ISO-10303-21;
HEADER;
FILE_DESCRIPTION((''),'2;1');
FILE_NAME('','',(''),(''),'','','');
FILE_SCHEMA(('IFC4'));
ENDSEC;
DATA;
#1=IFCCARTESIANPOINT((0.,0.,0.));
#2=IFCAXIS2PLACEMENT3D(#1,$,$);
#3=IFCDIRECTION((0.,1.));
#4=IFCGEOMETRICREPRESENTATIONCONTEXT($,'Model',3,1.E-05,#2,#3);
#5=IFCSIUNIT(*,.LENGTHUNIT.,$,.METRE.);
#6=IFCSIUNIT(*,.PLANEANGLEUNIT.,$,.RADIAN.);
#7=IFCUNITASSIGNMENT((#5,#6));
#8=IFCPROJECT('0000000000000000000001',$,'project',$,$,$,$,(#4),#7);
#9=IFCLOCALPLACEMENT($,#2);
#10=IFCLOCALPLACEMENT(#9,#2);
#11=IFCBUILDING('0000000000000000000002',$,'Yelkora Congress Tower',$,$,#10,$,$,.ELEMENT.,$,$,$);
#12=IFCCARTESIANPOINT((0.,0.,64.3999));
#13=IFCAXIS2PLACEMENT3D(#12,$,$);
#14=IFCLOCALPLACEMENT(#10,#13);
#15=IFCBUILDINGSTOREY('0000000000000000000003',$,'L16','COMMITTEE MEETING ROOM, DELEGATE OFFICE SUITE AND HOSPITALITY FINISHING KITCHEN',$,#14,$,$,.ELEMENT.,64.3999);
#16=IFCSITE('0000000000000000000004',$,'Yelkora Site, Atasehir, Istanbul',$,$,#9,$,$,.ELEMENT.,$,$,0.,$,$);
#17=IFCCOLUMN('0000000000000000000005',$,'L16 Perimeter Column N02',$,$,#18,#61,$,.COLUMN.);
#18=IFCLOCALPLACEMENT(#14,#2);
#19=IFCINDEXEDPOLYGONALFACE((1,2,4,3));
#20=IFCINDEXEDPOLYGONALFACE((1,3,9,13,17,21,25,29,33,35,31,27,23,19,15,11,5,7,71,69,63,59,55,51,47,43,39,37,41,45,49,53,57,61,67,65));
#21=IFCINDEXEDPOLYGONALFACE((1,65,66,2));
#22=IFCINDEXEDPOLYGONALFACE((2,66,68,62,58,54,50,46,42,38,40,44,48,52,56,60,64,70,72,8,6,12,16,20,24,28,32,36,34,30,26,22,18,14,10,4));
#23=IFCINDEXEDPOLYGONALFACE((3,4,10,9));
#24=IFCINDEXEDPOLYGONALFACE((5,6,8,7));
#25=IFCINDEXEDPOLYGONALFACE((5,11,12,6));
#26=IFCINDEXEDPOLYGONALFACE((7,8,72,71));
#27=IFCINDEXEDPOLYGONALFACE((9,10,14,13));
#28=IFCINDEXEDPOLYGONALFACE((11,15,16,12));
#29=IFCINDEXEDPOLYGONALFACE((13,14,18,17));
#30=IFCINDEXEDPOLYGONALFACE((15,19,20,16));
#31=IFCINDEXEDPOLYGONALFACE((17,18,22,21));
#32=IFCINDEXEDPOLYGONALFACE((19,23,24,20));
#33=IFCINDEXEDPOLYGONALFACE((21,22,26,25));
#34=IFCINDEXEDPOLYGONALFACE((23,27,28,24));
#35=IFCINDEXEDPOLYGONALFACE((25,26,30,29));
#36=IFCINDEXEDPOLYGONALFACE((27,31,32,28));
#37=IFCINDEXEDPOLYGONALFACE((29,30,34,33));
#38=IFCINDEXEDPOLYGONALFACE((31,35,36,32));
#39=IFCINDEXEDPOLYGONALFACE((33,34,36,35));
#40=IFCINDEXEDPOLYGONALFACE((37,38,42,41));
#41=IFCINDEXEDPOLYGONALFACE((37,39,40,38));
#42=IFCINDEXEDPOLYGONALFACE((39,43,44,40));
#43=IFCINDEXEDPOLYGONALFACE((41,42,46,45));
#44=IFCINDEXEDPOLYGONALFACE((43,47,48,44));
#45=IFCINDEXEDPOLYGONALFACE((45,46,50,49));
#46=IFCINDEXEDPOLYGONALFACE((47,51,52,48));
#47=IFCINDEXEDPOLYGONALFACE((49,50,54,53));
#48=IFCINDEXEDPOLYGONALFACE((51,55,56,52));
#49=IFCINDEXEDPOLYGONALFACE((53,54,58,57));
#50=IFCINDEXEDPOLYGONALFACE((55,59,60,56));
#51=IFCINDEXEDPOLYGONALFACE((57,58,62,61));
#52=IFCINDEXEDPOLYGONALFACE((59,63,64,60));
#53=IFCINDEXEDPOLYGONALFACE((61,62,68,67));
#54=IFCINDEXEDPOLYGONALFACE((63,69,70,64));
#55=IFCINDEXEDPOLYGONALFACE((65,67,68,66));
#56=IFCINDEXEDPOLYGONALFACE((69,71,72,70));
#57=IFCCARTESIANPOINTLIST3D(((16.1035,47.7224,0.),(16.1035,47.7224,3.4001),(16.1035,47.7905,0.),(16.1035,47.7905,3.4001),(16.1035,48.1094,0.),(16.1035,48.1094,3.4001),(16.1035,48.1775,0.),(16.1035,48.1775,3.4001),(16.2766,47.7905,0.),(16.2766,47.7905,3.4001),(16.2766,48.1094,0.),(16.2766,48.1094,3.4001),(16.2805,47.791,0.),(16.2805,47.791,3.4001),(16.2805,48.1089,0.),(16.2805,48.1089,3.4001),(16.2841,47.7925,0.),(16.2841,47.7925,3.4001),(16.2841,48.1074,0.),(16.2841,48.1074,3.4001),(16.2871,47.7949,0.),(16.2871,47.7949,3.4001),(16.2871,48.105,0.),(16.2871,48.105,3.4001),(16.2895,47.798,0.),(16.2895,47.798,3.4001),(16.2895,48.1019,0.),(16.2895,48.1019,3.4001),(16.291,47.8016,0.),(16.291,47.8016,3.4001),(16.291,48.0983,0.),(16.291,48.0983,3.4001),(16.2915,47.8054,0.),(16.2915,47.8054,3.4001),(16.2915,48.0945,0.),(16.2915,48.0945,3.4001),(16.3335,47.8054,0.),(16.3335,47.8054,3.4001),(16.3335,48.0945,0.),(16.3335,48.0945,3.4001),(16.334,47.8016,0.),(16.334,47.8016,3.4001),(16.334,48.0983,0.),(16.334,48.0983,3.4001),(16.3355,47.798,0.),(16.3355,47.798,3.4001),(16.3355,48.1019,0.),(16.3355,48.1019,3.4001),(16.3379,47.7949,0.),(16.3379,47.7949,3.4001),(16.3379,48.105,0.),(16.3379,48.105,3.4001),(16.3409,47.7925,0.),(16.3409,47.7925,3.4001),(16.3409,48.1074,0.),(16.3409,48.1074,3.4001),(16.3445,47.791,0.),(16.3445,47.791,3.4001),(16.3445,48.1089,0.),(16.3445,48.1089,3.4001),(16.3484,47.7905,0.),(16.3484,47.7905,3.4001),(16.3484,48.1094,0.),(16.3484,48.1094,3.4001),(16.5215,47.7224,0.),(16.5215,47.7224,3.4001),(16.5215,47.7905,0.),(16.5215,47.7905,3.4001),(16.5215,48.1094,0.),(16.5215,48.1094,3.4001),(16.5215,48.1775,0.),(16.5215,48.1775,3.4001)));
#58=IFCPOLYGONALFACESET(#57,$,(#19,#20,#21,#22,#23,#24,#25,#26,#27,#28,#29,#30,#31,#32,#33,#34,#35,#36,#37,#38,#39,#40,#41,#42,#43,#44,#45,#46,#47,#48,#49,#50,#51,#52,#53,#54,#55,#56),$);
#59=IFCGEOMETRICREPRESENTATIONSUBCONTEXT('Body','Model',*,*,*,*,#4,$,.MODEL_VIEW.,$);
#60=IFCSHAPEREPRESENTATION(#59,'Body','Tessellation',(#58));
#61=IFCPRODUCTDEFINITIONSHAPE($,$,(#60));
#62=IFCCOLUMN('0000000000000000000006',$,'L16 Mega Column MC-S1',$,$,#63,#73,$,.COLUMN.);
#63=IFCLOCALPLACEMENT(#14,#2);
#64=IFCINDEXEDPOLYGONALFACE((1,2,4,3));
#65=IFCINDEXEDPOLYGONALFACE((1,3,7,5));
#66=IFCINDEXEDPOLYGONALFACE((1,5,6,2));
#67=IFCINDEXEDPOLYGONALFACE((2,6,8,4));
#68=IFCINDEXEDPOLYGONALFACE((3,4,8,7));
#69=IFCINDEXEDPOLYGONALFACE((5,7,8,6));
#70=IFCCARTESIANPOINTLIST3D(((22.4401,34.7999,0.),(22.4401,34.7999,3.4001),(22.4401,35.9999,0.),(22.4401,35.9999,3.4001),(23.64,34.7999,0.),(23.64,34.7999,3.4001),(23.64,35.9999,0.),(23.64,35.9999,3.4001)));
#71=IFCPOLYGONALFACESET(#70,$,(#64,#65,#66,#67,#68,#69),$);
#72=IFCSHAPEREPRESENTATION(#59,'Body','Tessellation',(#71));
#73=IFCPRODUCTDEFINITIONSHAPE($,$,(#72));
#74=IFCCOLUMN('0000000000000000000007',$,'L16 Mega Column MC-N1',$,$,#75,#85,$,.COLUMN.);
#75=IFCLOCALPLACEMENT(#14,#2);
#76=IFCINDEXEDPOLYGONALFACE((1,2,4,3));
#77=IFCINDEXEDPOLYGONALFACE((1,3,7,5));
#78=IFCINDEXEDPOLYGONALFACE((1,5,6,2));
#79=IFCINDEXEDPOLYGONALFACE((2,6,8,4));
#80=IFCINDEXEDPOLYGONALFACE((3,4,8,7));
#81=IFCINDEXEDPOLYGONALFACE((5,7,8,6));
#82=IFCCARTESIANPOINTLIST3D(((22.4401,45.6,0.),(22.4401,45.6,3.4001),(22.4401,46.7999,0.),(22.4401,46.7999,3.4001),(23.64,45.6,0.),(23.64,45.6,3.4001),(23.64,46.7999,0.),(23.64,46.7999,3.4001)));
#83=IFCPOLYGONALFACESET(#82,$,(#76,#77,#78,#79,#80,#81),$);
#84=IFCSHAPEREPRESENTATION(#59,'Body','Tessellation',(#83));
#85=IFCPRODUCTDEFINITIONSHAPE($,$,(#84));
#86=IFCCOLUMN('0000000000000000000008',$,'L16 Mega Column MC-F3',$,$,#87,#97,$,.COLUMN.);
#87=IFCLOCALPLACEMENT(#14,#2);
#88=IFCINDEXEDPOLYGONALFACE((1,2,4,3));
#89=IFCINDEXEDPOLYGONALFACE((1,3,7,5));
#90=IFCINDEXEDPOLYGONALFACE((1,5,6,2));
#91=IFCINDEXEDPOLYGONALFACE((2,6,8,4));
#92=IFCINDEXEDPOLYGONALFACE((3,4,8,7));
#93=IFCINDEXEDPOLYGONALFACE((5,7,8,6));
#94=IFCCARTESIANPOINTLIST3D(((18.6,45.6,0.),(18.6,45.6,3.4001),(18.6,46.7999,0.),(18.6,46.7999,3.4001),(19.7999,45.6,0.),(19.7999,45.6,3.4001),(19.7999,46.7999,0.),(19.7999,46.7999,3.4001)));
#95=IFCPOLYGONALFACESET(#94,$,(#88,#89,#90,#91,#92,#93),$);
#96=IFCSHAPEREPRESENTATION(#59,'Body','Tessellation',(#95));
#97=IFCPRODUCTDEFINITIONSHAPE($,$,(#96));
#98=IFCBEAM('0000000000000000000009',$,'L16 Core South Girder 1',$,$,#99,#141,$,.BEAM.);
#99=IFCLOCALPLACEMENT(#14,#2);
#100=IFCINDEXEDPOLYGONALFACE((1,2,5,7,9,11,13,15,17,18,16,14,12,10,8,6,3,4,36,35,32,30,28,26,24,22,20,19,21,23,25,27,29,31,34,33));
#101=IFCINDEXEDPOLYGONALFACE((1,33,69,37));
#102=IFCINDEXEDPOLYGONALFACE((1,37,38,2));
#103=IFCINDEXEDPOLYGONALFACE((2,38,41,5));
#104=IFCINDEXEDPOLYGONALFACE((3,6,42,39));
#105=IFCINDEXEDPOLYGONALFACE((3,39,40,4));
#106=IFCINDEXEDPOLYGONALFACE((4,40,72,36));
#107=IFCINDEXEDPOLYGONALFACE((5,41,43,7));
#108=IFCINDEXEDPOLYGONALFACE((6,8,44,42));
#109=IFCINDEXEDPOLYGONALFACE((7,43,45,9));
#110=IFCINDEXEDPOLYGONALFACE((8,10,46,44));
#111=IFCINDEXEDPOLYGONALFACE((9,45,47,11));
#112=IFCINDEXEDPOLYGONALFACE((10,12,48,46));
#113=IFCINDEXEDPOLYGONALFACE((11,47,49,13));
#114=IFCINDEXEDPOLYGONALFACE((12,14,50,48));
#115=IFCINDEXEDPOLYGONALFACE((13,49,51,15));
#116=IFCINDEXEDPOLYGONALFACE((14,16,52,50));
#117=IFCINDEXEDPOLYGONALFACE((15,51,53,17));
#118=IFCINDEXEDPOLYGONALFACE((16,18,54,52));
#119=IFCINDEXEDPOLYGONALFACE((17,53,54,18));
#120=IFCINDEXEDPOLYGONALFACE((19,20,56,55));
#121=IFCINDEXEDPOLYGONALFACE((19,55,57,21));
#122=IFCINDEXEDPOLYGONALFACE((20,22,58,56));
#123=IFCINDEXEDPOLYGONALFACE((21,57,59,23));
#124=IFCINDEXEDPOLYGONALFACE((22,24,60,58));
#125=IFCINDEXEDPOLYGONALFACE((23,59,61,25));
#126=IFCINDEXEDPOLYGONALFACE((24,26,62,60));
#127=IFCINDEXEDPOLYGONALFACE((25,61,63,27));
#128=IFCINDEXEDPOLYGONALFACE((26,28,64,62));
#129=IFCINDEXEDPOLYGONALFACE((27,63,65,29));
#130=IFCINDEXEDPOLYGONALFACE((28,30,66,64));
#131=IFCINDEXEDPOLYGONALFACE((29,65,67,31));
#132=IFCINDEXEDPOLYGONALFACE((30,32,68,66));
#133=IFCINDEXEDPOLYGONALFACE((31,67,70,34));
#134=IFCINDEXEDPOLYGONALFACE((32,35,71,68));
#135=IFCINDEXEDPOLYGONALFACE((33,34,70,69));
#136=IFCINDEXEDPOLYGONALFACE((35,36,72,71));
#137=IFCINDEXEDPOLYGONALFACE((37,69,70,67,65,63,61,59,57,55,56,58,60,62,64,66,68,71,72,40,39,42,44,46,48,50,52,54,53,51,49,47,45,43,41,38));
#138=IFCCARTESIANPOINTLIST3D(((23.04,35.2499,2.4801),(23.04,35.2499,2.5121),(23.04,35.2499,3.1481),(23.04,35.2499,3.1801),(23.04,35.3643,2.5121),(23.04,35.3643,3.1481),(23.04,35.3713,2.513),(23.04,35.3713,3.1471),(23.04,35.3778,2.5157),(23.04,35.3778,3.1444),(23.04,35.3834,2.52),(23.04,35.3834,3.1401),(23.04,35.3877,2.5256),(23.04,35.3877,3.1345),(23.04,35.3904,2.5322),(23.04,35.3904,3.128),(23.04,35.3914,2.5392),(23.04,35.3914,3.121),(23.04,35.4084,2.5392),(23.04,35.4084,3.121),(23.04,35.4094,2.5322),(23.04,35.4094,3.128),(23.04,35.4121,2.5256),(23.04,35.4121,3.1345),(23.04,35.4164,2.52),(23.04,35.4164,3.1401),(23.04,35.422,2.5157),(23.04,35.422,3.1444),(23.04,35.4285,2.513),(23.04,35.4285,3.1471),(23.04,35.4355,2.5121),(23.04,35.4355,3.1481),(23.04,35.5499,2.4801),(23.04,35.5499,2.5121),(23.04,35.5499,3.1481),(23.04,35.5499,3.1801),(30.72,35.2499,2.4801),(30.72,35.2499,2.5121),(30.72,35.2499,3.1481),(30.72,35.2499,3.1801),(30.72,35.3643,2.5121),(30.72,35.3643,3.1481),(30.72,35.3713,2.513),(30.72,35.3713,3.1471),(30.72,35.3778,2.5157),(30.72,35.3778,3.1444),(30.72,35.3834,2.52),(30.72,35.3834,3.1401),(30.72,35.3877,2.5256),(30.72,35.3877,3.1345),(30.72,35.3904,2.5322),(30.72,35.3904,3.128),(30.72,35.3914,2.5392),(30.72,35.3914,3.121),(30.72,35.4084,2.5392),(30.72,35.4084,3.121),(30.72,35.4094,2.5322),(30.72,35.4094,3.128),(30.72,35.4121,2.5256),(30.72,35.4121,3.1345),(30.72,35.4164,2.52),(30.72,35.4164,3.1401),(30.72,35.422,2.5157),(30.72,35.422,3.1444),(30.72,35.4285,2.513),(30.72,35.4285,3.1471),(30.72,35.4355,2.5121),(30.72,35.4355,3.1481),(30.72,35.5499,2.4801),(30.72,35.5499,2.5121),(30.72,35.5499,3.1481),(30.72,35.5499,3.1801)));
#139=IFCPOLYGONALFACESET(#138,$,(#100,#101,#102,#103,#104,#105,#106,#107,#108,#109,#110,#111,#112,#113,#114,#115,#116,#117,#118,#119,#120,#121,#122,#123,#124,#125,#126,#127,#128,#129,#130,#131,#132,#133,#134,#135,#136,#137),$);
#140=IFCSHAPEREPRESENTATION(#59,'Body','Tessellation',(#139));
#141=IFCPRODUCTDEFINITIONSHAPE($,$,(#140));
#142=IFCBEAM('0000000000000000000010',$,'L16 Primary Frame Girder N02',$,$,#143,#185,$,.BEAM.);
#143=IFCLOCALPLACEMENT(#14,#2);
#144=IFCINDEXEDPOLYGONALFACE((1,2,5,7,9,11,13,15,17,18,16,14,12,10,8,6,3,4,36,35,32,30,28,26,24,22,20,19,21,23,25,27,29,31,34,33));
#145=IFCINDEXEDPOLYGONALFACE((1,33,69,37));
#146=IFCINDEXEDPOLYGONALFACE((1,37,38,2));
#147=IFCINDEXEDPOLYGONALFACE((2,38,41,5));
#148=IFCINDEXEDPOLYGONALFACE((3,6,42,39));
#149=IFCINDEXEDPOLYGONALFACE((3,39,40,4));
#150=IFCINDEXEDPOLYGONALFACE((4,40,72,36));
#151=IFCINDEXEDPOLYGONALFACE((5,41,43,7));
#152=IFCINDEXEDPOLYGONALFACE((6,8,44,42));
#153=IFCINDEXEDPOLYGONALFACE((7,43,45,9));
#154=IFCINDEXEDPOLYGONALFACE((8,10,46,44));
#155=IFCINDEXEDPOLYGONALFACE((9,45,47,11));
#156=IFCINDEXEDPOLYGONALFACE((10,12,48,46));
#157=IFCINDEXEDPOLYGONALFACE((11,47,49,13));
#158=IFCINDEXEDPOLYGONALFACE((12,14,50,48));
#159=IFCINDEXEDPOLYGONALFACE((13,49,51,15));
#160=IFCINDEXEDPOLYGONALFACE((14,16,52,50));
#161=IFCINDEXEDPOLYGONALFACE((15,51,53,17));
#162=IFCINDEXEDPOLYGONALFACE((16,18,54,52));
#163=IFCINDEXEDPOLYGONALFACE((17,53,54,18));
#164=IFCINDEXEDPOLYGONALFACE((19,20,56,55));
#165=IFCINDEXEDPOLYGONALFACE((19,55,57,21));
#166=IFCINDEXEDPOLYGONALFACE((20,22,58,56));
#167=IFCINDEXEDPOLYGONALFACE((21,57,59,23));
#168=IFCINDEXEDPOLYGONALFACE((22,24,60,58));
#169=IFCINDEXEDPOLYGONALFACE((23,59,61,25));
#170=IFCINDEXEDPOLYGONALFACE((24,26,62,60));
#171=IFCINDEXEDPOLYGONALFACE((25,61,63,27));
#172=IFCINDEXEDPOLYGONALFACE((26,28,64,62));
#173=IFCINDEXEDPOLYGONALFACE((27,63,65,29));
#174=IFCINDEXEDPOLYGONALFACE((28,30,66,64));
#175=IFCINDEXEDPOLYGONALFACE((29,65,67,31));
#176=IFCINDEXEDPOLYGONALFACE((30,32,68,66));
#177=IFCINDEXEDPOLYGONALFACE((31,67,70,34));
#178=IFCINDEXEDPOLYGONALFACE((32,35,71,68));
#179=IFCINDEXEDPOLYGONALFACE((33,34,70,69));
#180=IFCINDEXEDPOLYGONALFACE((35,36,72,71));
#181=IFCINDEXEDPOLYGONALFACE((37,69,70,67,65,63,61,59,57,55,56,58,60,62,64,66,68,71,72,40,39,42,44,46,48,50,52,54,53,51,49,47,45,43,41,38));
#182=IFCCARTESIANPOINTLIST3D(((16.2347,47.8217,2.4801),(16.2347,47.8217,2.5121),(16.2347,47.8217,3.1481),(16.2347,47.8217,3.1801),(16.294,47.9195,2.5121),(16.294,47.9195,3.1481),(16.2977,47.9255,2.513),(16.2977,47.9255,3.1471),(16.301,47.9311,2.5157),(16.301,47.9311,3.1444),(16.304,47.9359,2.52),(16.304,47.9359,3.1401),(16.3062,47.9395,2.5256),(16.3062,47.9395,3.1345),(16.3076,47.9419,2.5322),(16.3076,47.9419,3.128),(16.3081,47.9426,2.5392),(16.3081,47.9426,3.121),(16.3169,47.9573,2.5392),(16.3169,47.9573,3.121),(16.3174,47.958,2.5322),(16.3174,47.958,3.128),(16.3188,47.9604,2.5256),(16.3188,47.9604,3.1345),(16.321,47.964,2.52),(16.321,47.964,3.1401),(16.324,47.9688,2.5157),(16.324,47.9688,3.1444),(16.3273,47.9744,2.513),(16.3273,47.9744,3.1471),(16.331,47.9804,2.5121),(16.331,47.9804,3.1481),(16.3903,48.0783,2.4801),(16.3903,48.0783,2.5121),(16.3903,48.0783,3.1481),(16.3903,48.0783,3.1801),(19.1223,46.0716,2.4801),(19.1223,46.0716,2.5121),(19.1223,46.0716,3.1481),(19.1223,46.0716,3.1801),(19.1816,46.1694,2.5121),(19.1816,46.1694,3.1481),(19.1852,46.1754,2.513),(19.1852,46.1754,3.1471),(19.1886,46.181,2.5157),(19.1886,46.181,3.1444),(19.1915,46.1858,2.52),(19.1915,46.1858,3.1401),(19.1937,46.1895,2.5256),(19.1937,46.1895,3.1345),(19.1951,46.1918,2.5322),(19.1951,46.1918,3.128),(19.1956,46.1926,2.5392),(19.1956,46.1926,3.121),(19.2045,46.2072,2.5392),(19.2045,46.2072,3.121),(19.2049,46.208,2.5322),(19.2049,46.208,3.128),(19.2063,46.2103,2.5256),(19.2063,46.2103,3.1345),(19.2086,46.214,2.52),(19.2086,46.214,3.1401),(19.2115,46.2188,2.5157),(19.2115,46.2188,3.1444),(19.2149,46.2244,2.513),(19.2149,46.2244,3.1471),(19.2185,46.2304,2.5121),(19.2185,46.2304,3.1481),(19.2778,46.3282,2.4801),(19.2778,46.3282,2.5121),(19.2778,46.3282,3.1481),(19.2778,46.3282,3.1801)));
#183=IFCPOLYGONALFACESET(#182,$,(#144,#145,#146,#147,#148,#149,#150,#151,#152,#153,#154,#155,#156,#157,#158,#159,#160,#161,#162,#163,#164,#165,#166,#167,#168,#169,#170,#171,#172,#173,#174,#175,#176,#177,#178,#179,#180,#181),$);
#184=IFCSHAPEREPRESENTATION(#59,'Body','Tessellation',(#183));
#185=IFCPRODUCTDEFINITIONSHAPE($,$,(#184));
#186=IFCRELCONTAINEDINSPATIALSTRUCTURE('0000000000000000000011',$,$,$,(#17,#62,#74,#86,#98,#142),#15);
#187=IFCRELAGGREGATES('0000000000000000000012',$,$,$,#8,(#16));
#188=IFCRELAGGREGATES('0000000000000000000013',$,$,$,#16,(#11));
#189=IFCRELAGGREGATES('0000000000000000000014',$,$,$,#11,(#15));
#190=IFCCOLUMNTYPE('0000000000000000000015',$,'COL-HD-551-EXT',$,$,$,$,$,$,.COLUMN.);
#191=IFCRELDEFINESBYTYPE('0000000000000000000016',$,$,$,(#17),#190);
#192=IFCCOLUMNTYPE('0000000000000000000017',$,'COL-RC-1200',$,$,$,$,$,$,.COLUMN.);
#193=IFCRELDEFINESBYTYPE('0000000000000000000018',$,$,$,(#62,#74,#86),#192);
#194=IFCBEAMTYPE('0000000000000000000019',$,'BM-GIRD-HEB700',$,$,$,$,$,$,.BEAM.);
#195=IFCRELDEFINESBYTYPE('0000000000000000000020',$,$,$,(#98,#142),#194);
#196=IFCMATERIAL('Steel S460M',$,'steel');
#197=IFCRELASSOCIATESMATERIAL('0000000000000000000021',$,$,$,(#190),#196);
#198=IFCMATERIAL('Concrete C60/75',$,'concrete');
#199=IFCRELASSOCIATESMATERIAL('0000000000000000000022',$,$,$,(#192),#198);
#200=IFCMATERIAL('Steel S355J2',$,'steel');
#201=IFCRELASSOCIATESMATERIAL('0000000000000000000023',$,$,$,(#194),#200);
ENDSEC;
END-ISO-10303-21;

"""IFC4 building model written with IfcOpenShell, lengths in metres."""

from ifc_helpers import new_model, si_unit, direction, frame, origin, origin_2d, place, context, subcontext, project, spatial, rectangle, i_section, extrude, material, material_profile, profile_set, type_object, element, save


model = new_model("IFC4")

# Units and contexts
model_context = context("Model", 3, precision=1e-05, world=origin(), true_north=direction((0.0, 1.0)))
body_context = subcontext(model_context, "Body", "Model", "MODEL_VIEW")
ifc_project = project(units=[si_unit("LENGTHUNIT", "METRE"), si_unit("PLANEANGLEUNIT", "RADIAN")], contexts=[model_context])

# Site, building, storey
site_placement = place(None, origin())
site = spatial("IfcSite", under=ifc_project, at=site_placement, Name="Yelkora Site, Atasehir, Istanbul", CompositionType="ELEMENT", RefElevation=0.0)
building_placement = place(site_placement, origin())
building = spatial("IfcBuilding", under=site, at=building_placement, Name="Yelkora Congress Tower", CompositionType="ELEMENT")
storey_placement = place(building_placement, frame((0.0, 0.0, 64.3999)))
storey = spatial("IfcBuildingStorey", under=building, at=storey_placement, Name="L16", Description="COMMITTEE MEETING ROOM, DELEGATE OFFICE SUITE AND HOSPITALITY FINISHING KITCHEN", CompositionType="ELEMENT", Elevation=64.3999)

# Columns
ifc_material_1 = material(Name="Steel S460M", Category="steel")
ifc_material_profile_1 = material_profile(ifc_material_1, i_section(OverallWidth=0.418, OverallDepth=0.4551, WebThickness=0.042, FlangeThickness=0.0681, FilletRadius=0.0149, at=origin_2d()), Name="HD 400x551")
ifc_profile_set_1 = profile_set([ifc_material_profile_1], Name="Steel S460M")
column_type_1 = type_object("IfcColumnType", Name="COL-HD-551-EXT", PredefinedType="COLUMN", material=ifc_profile_set_1)
column_placement = place(storey_placement, frame((16.3125, 47.95, 0.0), z_axis=(0.0, 0.0, 1.0), x_axis=(1.0, 0.0, 0.0)))
element("IfcColumn", 1, at=column_placement, inside=storey, type_object=column_type_1, Name="L16 Perimeter Column N02", PredefinedType="COLUMN", context=body_context, shape_type="SweptSolid", body=[
    extrude(i_section(OverallWidth=0.418, OverallDepth=0.4551, WebThickness=0.042, FlangeThickness=0.0681, FilletRadius=0.0149, at=origin_2d()), origin(), (0.0, 0.0, 1.0), 3.4001),
])
ifc_material_2 = material(Name="Concrete C60/75", Category="concrete")
ifc_material_profile_2 = material_profile(ifc_material_2, rectangle(XDim=1.2, YDim=1.2, at=origin_2d()), Name="RC 1200x1200")
ifc_profile_set_2 = profile_set([ifc_material_profile_2], Name="Concrete C60/75")
column_type_2 = type_object("IfcColumnType", Name="COL-RC-1200", PredefinedType="COLUMN", material=ifc_profile_set_2)
for number, where, z_axis, x_axis, name in (
    (2, (23.04, 35.3999, 0.0), (0.0, 0.0, 1.0), (1.0, 0.0, 0.0), "L16 Mega Column MC-S1"),
    (3, (23.04, 46.2, 0.0), (0.0, 0.0, 1.0), (1.0, 0.0, 0.0), "L16 Mega Column MC-N1"),
    (4, (19.2, 46.2, 0.0), (0.0, 0.0, 1.0), (1.0, 0.0, 0.0), "L16 Mega Column MC-F3"),
):
    element("IfcColumn", number, at=place(storey_placement, frame(where, z_axis=z_axis, x_axis=x_axis)), inside=storey, type_object=column_type_2, Name=name, PredefinedType="COLUMN", context=body_context, shape_type="SweptSolid", body=[
        extrude(rectangle(XDim=1.2, YDim=1.2, at=origin_2d()), origin(), (0.0, 0.0, 1.0), 3.4001),
    ])

# Beams
ifc_material_3 = material(Name="Steel S355J2", Category="steel")
ifc_material_profile_3 = material_profile(ifc_material_3, i_section(OverallWidth=0.3, OverallDepth=0.7, WebThickness=0.0171, FlangeThickness=0.032, FilletRadius=0.0271, at=origin_2d()), Name="HEB 700")
ifc_profile_set_3 = profile_set([ifc_material_profile_3], Name="Steel S355J2")
beam_type_1 = type_object("IfcBeamType", Name="BM-GIRD-HEB700", PredefinedType="BEAM", material=ifc_profile_set_3)
beam_1_placement = place(storey_placement, frame((23.04, 35.3999, 2.8301), z_axis=(1.0, 0.0, 0.0), x_axis=(0.0, 1.0, 0.0)))
element("IfcBeam", 5, at=beam_1_placement, inside=storey, type_object=beam_type_1, Name="L16 Core South Girder 1", PredefinedType="BEAM", context=body_context, shape_type="SweptSolid", body=[
    extrude(i_section(OverallWidth=0.3, OverallDepth=0.7, WebThickness=0.0171, FlangeThickness=0.032, FilletRadius=0.0271, at=origin_2d()), origin(), (0.0, 0.0, 1.0), 7.6799),
])
beam_2_placement = place(storey_placement, frame((16.3125, 47.95, 2.8301), z_axis=(0.855194, -0.518308, 0.0), x_axis=(0.518308, 0.855194, 0.0)))
element("IfcBeam", 6, at=beam_2_placement, inside=storey, type_object=beam_type_1, Name="L16 Primary Frame Girder N02", PredefinedType="BEAM", context=body_context, shape_type="SweptSolid", body=[
    extrude(i_section(OverallWidth=0.3, OverallDepth=0.7, WebThickness=0.0171, FlangeThickness=0.032, FilletRadius=0.0271, at=origin_2d()), origin(), (0.0, 0.0, 1.0), 3.3765),
])

save(model, "model.ifc")
